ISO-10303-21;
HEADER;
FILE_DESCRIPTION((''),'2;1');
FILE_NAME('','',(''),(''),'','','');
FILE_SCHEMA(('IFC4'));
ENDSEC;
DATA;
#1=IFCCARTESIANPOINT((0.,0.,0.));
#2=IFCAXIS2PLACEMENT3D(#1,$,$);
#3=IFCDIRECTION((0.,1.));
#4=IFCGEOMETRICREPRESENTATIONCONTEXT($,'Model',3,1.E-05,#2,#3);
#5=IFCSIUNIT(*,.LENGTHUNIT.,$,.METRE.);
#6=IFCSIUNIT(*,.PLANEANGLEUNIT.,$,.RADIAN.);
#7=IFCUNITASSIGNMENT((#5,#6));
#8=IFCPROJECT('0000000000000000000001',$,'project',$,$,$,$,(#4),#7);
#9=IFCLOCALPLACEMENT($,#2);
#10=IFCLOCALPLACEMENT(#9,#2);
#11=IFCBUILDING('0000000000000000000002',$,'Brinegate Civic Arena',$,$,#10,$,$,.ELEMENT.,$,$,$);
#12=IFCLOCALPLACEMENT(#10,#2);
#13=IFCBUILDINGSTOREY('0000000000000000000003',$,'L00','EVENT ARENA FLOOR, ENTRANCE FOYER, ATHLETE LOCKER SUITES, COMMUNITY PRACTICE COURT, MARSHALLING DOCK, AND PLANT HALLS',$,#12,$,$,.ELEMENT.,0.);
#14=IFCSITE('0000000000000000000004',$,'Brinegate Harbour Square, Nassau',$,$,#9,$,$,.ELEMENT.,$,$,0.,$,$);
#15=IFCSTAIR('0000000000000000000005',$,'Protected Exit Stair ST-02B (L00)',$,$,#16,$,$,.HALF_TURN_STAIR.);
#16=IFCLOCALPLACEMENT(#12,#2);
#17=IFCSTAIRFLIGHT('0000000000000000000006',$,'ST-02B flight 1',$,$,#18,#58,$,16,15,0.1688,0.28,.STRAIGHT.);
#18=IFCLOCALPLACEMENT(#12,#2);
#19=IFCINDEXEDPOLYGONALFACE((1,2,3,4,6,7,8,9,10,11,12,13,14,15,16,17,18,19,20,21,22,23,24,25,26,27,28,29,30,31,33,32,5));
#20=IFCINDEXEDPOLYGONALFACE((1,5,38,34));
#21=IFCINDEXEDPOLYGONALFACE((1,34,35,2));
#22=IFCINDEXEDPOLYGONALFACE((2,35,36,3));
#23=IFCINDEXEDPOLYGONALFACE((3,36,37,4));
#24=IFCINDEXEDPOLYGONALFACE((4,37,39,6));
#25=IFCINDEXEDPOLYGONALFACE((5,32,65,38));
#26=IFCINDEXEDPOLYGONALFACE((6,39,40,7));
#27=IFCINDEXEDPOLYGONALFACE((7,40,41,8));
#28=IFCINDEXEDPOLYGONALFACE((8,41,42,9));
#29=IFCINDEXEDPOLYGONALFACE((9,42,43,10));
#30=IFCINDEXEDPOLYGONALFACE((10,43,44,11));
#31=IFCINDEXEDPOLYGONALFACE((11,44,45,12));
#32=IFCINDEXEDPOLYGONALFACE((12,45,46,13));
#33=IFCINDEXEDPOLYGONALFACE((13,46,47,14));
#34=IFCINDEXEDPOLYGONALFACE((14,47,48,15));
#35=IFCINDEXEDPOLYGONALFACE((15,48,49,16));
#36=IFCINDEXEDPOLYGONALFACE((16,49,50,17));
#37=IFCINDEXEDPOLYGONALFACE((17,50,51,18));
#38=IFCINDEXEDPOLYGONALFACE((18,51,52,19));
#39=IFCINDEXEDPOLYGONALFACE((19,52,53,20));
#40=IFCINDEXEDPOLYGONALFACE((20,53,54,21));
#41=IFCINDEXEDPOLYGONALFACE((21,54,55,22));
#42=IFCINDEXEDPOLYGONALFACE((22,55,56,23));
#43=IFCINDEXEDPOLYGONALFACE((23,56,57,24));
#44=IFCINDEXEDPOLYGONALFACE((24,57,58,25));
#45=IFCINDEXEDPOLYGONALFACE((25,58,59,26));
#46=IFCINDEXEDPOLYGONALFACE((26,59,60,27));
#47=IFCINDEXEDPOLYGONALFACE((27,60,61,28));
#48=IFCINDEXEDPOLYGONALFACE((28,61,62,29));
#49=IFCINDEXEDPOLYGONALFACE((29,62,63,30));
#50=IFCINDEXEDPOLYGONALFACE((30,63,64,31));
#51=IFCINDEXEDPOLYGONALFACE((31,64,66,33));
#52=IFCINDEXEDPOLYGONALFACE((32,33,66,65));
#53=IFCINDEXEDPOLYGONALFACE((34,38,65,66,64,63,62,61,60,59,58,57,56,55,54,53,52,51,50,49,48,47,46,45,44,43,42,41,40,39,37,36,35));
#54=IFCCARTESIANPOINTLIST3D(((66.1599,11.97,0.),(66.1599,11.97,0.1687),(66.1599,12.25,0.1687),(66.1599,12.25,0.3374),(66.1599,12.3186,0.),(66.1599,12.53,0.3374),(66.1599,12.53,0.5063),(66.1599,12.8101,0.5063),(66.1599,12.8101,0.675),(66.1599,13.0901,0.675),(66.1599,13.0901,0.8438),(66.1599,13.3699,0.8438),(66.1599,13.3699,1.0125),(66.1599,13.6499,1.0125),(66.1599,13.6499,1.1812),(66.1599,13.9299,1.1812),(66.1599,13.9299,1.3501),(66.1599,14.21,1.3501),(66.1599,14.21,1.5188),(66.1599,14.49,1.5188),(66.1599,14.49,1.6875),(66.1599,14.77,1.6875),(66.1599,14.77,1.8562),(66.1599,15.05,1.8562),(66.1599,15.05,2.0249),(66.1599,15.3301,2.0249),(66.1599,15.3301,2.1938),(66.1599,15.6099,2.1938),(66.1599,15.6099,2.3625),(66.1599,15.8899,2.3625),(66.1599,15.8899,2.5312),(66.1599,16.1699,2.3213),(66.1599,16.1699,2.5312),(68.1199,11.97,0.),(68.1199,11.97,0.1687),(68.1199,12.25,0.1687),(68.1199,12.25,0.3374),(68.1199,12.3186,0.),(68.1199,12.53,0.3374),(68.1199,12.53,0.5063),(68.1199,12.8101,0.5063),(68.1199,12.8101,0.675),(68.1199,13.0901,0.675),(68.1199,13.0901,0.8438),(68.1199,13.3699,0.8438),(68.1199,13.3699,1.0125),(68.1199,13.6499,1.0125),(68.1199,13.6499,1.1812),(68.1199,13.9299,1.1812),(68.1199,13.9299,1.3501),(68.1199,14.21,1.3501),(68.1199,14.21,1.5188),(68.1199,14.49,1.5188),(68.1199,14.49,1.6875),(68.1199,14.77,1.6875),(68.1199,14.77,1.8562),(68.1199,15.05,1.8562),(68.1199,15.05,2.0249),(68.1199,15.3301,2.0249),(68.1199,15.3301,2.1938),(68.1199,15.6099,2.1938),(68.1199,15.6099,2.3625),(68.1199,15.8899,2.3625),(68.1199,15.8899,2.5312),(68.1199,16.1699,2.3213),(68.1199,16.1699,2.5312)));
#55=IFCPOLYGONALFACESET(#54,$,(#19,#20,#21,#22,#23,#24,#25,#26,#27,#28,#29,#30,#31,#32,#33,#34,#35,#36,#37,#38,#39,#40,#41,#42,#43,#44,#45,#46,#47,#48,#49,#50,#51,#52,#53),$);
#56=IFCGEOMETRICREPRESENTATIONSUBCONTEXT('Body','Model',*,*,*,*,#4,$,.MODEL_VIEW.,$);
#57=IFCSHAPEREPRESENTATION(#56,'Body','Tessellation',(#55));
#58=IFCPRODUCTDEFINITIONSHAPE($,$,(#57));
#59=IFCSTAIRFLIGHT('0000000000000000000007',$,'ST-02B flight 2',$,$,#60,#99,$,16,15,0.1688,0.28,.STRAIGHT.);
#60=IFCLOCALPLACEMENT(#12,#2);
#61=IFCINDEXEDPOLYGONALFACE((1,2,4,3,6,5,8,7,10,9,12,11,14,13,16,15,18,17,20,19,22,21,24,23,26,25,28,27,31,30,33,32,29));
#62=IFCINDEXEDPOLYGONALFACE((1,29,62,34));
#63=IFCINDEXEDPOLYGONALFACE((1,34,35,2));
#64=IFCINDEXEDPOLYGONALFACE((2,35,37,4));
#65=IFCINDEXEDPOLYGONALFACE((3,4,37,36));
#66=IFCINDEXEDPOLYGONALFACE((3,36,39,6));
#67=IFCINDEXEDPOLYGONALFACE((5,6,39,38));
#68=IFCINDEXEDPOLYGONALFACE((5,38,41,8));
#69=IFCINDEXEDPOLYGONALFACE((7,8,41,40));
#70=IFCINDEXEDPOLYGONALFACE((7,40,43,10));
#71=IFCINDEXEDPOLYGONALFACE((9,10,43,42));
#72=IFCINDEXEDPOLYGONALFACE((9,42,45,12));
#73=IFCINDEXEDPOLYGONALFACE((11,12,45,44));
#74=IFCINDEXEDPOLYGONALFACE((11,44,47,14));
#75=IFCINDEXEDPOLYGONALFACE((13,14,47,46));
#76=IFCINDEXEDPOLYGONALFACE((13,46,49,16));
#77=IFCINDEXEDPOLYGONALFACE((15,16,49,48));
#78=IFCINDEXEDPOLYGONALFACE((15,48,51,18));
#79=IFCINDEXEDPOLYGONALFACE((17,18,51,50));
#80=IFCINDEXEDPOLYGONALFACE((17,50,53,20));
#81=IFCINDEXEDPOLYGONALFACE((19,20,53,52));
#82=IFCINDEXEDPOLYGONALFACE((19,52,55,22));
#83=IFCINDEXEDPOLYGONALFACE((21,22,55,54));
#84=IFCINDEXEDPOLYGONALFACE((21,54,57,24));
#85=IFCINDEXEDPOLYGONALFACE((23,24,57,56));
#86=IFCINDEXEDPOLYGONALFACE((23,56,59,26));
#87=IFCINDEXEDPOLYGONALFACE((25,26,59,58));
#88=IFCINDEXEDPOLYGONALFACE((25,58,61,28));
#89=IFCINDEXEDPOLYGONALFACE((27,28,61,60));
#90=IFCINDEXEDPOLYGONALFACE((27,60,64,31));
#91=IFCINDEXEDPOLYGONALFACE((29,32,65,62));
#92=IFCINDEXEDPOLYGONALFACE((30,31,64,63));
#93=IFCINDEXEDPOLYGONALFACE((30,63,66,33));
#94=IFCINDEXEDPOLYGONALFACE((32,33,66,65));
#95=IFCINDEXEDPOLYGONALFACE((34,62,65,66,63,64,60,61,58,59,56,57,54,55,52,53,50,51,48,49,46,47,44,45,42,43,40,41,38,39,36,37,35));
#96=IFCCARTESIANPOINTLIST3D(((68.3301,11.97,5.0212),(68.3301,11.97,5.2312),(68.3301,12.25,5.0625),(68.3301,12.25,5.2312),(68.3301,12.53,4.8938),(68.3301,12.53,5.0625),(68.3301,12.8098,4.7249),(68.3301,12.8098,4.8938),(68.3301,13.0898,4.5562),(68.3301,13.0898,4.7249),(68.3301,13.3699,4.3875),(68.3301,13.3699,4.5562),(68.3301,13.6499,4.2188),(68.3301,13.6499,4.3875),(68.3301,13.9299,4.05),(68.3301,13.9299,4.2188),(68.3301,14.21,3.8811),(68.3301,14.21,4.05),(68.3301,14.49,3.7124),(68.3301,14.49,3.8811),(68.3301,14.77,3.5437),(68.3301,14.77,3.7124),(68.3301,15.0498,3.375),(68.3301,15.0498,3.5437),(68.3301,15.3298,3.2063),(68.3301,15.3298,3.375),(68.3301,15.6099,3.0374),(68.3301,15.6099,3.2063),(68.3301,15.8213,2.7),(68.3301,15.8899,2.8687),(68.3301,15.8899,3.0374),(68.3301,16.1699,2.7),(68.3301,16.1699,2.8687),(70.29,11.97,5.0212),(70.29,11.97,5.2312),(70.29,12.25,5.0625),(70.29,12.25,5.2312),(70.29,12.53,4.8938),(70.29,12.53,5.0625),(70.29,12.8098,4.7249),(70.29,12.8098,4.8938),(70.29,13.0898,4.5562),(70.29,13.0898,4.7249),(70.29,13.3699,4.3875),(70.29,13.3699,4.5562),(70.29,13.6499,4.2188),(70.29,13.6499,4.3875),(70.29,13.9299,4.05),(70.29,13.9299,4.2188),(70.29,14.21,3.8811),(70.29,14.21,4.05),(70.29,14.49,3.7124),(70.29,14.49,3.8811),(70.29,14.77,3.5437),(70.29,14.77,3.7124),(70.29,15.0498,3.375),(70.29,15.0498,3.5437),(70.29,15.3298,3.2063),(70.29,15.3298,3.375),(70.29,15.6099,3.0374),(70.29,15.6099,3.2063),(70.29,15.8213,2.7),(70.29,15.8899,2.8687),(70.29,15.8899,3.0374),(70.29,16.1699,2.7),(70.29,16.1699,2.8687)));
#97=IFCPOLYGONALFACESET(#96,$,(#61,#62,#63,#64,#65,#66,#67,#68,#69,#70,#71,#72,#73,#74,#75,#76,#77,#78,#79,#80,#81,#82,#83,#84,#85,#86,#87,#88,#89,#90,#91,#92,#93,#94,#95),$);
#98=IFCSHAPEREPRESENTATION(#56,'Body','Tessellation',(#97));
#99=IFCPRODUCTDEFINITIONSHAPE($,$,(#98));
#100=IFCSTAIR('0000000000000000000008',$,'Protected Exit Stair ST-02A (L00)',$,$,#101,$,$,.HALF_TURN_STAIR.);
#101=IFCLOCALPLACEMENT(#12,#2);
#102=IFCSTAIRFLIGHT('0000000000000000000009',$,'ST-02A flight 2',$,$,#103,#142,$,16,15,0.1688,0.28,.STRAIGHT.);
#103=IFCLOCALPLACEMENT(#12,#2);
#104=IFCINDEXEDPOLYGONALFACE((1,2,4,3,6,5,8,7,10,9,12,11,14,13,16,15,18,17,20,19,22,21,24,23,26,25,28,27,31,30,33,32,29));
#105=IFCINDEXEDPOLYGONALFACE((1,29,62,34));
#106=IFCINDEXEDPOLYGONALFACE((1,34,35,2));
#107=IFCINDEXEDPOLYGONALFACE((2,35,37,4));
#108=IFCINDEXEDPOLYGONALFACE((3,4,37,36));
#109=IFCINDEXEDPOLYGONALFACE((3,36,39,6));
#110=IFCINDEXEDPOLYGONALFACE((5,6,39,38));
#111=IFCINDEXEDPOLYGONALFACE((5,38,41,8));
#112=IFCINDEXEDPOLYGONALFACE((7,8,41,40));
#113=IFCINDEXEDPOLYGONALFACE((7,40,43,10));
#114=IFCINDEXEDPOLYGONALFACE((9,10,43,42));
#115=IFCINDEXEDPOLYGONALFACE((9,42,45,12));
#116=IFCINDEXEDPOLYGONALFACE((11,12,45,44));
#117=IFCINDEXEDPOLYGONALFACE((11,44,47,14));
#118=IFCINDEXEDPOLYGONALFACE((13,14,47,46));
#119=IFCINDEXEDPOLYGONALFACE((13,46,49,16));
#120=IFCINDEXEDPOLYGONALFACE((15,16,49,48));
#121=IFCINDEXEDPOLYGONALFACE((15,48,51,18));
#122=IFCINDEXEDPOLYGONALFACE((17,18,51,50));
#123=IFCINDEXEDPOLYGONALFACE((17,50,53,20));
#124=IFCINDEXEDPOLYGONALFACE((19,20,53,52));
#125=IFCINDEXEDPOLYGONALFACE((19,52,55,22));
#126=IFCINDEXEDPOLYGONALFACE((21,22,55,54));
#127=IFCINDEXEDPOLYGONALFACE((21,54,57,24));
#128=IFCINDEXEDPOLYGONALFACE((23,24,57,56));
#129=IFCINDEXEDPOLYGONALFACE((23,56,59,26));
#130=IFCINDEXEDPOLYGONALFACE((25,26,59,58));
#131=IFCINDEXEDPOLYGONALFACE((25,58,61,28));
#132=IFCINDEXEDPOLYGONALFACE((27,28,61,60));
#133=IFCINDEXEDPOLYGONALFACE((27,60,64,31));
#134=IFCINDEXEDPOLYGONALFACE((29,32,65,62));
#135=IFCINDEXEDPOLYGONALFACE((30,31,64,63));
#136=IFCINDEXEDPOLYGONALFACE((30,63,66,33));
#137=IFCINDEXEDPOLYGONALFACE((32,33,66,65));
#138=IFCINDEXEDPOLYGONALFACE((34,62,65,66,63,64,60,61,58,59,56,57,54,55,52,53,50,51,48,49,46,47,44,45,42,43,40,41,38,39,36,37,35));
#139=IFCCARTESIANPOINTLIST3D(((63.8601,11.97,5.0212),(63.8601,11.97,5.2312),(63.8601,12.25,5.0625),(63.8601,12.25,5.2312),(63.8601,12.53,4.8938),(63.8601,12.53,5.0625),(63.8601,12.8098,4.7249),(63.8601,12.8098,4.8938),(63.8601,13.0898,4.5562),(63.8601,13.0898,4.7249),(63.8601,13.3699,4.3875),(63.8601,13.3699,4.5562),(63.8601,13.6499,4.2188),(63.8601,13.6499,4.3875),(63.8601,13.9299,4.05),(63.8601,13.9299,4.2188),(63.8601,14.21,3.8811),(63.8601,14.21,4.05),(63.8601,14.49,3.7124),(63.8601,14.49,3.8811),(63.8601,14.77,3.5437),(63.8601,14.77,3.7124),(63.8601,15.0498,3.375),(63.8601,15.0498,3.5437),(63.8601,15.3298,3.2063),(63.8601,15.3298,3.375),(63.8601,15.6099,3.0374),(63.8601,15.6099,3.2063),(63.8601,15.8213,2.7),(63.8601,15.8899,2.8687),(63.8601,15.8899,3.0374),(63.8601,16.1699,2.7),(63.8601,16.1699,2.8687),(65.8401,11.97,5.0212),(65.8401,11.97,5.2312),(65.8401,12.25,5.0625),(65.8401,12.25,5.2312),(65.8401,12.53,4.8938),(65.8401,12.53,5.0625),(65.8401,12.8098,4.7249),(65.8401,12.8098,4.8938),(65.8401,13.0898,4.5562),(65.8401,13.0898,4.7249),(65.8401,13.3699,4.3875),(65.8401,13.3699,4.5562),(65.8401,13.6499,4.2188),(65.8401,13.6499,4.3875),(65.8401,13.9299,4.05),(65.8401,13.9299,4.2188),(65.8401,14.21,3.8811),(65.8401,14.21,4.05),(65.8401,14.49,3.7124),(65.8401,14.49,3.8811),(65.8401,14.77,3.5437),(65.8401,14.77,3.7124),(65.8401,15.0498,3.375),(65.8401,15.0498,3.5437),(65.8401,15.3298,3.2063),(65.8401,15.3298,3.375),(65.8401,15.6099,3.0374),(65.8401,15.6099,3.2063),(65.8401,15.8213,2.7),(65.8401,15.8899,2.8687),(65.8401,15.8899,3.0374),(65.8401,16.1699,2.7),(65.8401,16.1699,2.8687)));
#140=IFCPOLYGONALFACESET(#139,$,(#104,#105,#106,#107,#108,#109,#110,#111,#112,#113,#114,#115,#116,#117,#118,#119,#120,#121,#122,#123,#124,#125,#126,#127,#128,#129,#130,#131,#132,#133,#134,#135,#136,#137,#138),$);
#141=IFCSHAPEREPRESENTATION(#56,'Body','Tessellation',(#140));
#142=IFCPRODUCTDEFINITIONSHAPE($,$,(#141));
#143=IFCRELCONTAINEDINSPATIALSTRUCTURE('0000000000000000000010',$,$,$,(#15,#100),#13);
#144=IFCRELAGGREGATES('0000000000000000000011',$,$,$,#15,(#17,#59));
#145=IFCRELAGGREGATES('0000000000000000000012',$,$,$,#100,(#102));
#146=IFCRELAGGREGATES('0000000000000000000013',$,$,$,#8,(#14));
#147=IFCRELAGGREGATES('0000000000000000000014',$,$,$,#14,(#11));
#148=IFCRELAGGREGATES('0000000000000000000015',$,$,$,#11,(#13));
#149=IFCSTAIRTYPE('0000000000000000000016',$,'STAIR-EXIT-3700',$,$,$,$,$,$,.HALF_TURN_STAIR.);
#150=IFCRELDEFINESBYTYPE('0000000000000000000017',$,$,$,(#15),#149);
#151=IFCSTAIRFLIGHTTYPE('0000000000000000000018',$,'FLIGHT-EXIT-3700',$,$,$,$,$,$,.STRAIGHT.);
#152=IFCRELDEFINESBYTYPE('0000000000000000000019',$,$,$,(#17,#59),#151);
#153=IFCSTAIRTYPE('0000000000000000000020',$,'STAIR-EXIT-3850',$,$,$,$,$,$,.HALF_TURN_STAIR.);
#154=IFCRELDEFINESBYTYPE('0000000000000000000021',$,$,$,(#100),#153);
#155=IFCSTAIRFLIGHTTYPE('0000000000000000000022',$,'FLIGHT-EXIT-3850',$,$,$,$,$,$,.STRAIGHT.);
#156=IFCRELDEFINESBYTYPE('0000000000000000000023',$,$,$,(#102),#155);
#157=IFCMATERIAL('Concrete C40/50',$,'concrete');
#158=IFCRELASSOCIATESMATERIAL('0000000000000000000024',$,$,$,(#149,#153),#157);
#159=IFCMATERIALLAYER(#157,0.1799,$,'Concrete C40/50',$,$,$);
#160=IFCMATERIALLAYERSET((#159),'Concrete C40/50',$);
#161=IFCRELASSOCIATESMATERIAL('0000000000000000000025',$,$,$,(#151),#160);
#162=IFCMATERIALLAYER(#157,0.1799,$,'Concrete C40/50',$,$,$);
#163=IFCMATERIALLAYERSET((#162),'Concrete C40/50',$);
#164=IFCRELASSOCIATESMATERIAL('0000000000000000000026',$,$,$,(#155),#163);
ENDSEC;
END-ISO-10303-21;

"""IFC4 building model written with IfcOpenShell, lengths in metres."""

from ifc_helpers import new_model, si_unit, direction, frame, origin, place, context, subcontext, project, spatial, polyline, outline, extrude, material, layer, layer_set, type_object, element, aggregate, save


model = new_model("IFC4")

# Units and contexts
model_context = context("Model", 3, precision=1e-05, world=origin(), true_north=direction((0.0, 1.0)))
body_context = subcontext(model_context, "Body", "Model", "MODEL_VIEW")
ifc_project = project(units=[si_unit("LENGTHUNIT", "METRE"), si_unit("PLANEANGLEUNIT", "RADIAN")], contexts=[model_context])

# Site, building, storey
site_placement = place(None, origin())
site = spatial("IfcSite", under=ifc_project, at=site_placement, Name="Brinegate Harbour Square, Nassau", CompositionType="ELEMENT", RefElevation=0.0)
building_placement = place(site_placement, origin())
building = spatial("IfcBuilding", under=site, at=building_placement, Name="Brinegate Civic Arena", CompositionType="ELEMENT")
storey_placement = place(building_placement, origin())
storey = spatial("IfcBuildingStorey", under=building, at=storey_placement, Name="L00", Description="EVENT ARENA FLOOR, ENTRANCE FOYER, ATHLETE LOCKER SUITES, COMMUNITY PRACTICE COURT, MARSHALLING DOCK, AND PLANT HALLS", CompositionType="ELEMENT", Elevation=0.0)

# Shared definitions
ifc_material_1 = material(Name="Concrete C40/50", Category="concrete")

# Stair, stair flights
stair_type_1 = type_object("IfcStairType", Name="STAIR-EXIT-3700", PredefinedType="HALF_TURN_STAIR", material=ifc_material_1)
stair_1_placement = place(storey_placement, origin())
stair_1 = element("IfcStair", 1, at=stair_1_placement, inside=storey, type_object=stair_type_1, Name="Protected Exit Stair ST-02B (L00)", PredefinedType="HALF_TURN_STAIR")
ifc_layer_1 = layer(ifc_material_1, 0.1799, Name="Concrete C40/50")
ifc_layer_set_1 = layer_set([ifc_layer_1], Name="Concrete C40/50")
stair_flight_type_1 = type_object("IfcStairFlightType", Name="FLIGHT-EXIT-3700", PredefinedType="STRAIGHT", material=ifc_layer_set_1)
stair_flight_1_placement = place(storey_placement, frame((67.1399, 11.97, 0.0), z_axis=(0.0, 0.0, 1.0), x_axis=(0.0, 1.0, 0.0)))
stair_flight_1 = element("IfcStairFlight", 2, at=stair_flight_1_placement, type_object=stair_flight_type_1, Name="ST-02B flight 1", NumberOfRisers=16, NumberOfTreads=15, PredefinedType="STRAIGHT", RiserHeight=0.1688, TreadLength=0.28, context=body_context, shape_type="SweptSolid", body=[
    extrude(outline(polyline([(0.0, 0.0), (0.0, 0.1687), (0.28, 0.1687), (0.28, 0.3374), (0.5601, 0.3374), (0.5601, 0.5063), (0.8401, 0.5063), (0.8401, 0.675), (1.1201, 0.675), (1.1201, 0.8438), (1.3999, 0.8438), (1.3999, 1.0125), (1.6799, 1.0125), (1.6799, 1.1812), (1.96, 1.1812), (1.96, 1.3501), (2.24, 1.3501), (2.24, 1.5188), (2.52, 1.5188), (2.52, 1.6875), (2.8, 1.6875), (2.8, 1.8562), (3.0801, 1.8562), (3.0801, 2.0249), (3.3601, 2.0249), (3.3601, 2.1938), (3.6399, 2.1938), (3.6399, 2.3625), (3.9199, 2.3625), (3.9199, 2.5312), (4.2, 2.5312), (4.2, 2.7), (4.2, 2.3213), (0.3486, 0.0), (0.0, 0.0)])), frame((0.0, 0.98, 0.0), z_axis=(0.0, -1.0, 0.0), x_axis=(1.0, 0.0, 0.0)), (0.0, 0.0, 1.0), 1.96),
])
stair_flight_2_placement = place(storey_placement, frame((69.3101, 16.1699, 2.7), z_axis=(0.0, 0.0, 1.0), x_axis=(0.0, -1.0, 0.0)))
stair_flight_2 = element("IfcStairFlight", 3, at=stair_flight_2_placement, type_object=stair_flight_type_1, Name="ST-02B flight 2", NumberOfRisers=16, NumberOfTreads=15, PredefinedType="STRAIGHT", RiserHeight=0.1688, TreadLength=0.28, context=body_context, shape_type="SweptSolid", body=[
    extrude(outline(polyline([(0.0, 0.0), (0.0, 0.1687), (0.28, 0.1687), (0.28, 0.3374), (0.5601, 0.3374), (0.5601, 0.5063), (0.8401, 0.5063), (0.8401, 0.675), (1.1201, 0.675), (1.1201, 0.8438), (1.3999, 0.8438), (1.3999, 1.0125), (1.6799, 1.0125), (1.6799, 1.1812), (1.96, 1.1812), (1.96, 1.3501), (2.24, 1.3501), (2.24, 1.5188), (2.52, 1.5188), (2.52, 1.6875), (2.8, 1.6875), (2.8, 1.8562), (3.0801, 1.8562), (3.0801, 2.0249), (3.3601, 2.0249), (3.3601, 2.1938), (3.6399, 2.1938), (3.6399, 2.3625), (3.9199, 2.3625), (3.9199, 2.5312), (4.2, 2.5312), (4.2, 2.7), (4.2, 2.3213), (0.3486, 0.0), (0.0, 0.0)])), frame((0.0, 0.98, 0.0), z_axis=(0.0, -1.0, 0.0), x_axis=(1.0, 0.0, 0.0)), (0.0, 0.0, 1.0), 1.96),
])
aggregate(stair_1, [stair_flight_1, stair_flight_2])

# Stair, stair flight
stair_type_2 = type_object("IfcStairType", Name="STAIR-EXIT-3850", PredefinedType="HALF_TURN_STAIR", material=ifc_material_1)
stair_2_placement = place(storey_placement, origin())
stair_2 = element("IfcStair", 4, at=stair_2_placement, inside=storey, type_object=stair_type_2, Name="Protected Exit Stair ST-02A (L00)", PredefinedType="HALF_TURN_STAIR")
ifc_layer_2 = layer(ifc_material_1, 0.1799, Name="Concrete C40/50")
ifc_layer_set_2 = layer_set([ifc_layer_2], Name="Concrete C40/50")
stair_flight_type_2 = type_object("IfcStairFlightType", Name="FLIGHT-EXIT-3850", PredefinedType="STRAIGHT", material=ifc_layer_set_2)
stair_flight_3_placement = place(storey_placement, frame((64.8501, 16.1699, 2.7), z_axis=(0.0, 0.0, 1.0), x_axis=(0.0, -1.0, 0.0)))
stair_flight_3 = element("IfcStairFlight", 5, at=stair_flight_3_placement, type_object=stair_flight_type_2, Name="ST-02A flight 2", NumberOfRisers=16, NumberOfTreads=15, PredefinedType="STRAIGHT", RiserHeight=0.1688, TreadLength=0.28, context=body_context, shape_type="SweptSolid", body=[
    extrude(outline(polyline([(0.0, 0.0), (0.0, 0.1687), (0.28, 0.1687), (0.28, 0.3374), (0.5601, 0.3374), (0.5601, 0.5063), (0.8401, 0.5063), (0.8401, 0.675), (1.1201, 0.675), (1.1201, 0.8438), (1.3999, 0.8438), (1.3999, 1.0125), (1.6799, 1.0125), (1.6799, 1.1812), (1.96, 1.1812), (1.96, 1.3501), (2.24, 1.3501), (2.24, 1.5188), (2.52, 1.5188), (2.52, 1.6875), (2.8, 1.6875), (2.8, 1.8562), (3.0801, 1.8562), (3.0801, 2.0249), (3.3601, 2.0249), (3.3601, 2.1938), (3.6399, 2.1938), (3.6399, 2.3625), (3.9199, 2.3625), (3.9199, 2.5312), (4.2, 2.5312), (4.2, 2.7), (4.2, 2.3213), (0.3486, 0.0), (0.0, 0.0)])), frame((0.0, 0.99, 0.0), z_axis=(0.0, -1.0, 0.0), x_axis=(1.0, 0.0, 0.0)), (0.0, 0.0, 1.0), 1.98),
])
aggregate(stair_2, [stair_flight_3])

save(model, "model.ifc")
